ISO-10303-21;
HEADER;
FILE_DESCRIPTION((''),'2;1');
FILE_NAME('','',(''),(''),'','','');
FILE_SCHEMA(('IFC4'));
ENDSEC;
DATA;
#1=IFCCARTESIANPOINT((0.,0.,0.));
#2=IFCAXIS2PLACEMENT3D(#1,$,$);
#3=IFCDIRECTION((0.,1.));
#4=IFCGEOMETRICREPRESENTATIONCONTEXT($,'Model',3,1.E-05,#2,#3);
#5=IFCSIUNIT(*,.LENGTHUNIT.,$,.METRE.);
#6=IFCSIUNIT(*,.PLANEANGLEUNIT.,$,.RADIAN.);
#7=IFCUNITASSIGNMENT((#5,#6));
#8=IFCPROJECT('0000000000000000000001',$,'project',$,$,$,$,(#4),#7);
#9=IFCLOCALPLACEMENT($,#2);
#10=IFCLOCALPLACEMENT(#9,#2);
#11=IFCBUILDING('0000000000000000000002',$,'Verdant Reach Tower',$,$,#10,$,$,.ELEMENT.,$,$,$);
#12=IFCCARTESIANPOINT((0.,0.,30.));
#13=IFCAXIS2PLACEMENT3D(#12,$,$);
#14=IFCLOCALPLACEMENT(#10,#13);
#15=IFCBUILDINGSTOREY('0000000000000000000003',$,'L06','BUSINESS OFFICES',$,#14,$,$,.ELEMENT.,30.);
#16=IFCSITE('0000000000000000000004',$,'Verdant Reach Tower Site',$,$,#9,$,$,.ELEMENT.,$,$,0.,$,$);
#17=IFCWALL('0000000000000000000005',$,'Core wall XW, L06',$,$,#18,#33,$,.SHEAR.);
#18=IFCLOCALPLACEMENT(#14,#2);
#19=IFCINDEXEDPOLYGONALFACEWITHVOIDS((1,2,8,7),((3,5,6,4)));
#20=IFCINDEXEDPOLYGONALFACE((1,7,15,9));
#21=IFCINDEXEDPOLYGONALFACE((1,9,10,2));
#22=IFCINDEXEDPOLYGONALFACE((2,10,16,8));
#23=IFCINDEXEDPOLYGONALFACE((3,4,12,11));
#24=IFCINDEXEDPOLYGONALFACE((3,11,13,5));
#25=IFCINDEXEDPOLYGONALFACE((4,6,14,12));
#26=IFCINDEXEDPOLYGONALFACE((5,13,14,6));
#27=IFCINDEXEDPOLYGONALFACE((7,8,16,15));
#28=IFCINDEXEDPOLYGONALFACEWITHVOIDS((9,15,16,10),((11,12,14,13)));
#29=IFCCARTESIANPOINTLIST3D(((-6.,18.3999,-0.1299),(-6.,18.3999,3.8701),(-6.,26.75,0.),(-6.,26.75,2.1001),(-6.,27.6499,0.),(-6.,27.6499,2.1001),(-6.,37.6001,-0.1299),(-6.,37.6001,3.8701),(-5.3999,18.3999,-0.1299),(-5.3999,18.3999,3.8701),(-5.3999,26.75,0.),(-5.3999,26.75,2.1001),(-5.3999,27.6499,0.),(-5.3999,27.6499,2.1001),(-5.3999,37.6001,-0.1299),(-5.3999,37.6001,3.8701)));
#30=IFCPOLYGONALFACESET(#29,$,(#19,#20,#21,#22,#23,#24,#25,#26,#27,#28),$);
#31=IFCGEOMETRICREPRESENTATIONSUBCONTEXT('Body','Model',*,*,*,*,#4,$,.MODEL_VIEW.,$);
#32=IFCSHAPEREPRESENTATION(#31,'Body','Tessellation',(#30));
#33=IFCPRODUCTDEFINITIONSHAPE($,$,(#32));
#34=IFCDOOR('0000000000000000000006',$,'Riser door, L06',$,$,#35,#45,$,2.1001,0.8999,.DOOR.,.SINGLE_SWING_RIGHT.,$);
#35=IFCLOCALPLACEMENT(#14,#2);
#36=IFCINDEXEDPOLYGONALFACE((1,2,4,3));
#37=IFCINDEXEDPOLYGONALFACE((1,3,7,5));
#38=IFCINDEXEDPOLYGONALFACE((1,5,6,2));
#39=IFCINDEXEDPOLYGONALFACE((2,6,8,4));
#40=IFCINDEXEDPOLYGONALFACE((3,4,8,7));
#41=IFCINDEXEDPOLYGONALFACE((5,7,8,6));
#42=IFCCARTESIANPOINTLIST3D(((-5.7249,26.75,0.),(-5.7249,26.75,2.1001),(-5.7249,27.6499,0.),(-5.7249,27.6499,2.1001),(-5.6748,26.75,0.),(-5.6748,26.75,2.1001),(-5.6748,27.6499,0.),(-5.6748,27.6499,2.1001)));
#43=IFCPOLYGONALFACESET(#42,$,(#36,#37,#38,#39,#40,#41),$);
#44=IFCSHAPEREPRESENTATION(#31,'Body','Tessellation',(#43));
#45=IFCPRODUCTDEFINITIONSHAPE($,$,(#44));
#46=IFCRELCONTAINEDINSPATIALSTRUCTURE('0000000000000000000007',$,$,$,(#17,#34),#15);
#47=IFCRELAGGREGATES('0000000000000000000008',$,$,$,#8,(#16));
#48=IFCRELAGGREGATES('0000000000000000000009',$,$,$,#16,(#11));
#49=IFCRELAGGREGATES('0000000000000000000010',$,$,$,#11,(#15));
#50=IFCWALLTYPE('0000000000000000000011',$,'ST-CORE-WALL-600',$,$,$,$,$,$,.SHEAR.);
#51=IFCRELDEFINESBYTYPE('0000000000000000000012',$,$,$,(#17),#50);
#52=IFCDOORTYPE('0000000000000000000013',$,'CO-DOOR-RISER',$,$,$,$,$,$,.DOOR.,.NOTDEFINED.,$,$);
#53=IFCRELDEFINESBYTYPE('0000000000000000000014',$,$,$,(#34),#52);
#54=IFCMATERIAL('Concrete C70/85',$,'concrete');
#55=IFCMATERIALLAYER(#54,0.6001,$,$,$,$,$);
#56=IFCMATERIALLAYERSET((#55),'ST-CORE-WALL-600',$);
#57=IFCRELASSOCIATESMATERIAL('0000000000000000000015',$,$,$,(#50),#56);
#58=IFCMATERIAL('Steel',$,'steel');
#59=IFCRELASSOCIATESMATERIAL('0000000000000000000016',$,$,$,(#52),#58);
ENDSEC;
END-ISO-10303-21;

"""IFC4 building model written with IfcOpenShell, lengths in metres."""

from ifc_helpers import new_model, si_unit, direction, frame, frame_2d, origin, place, context, subcontext, project, spatial, rectangle, extrude, material, layer, layer_set, type_object, element, fill, save


model = new_model("IFC4")

# Units and contexts
model_context = context("Model", 3, precision=1e-05, world=origin(), true_north=direction((0.0, 1.0)))
body_context = subcontext(model_context, "Body", "Model", "MODEL_VIEW")
ifc_project = project(units=[si_unit("LENGTHUNIT", "METRE"), si_unit("PLANEANGLEUNIT", "RADIAN")], contexts=[model_context])

# Site, building, storey
site_placement = place(None, origin())
site = spatial("IfcSite", under=ifc_project, at=site_placement, Name="Verdant Reach Tower Site", CompositionType="ELEMENT", RefElevation=0.0)
building_placement = place(site_placement, origin())
building = spatial("IfcBuilding", under=site, at=building_placement, Name="Verdant Reach Tower", CompositionType="ELEMENT")
storey_placement = place(building_placement, frame((0.0, 0.0, 30.0)))
storey = spatial("IfcBuildingStorey", under=building, at=storey_placement, Name="L06", Description="BUSINESS OFFICES", CompositionType="ELEMENT", Elevation=30.0)

# Shared definitions
ifc_material_1 = material(Name="Concrete C70/85", Category="concrete")
ifc_material_2 = material(Name="Steel", Category="steel")

# Wall, opening, door
ifc_layer_1 = layer(ifc_material_1, 0.6001)
ifc_layer_set_1 = layer_set([ifc_layer_1], Name="ST-CORE-WALL-600")
wall_type_1 = type_object("IfcWallType", Name="ST-CORE-WALL-600", PredefinedType="SHEAR", material=ifc_layer_set_1)
wall_1_placement = place(storey_placement, frame((-5.7, 18.3999, -0.1299), z_axis=(0.0, 0.0, 1.0), x_axis=(0.0, 1.0, 0.0)))
wall_1 = element("IfcWall", 1, at=wall_1_placement, inside=storey, type_object=wall_type_1, Name="Core wall XW, L06", PredefinedType="SHEAR", context=body_context, shape_type="SweptSolid", body=[
    extrude(rectangle(XDim=19.2002, YDim=0.6001, at=frame_2d((9.6001, 0.0))), origin(), (0.0, 0.0, 1.0), 4.0),
])
opening_1_placement = place(wall_1_placement, frame((8.3501, 0.0, 0.1299)))
opening_1 = element("IfcOpeningElement", 2, at=opening_1_placement, cuts=wall_1, PredefinedType="OPENING", context=body_context, shape_type="SweptSolid", body=[
    extrude(rectangle(XDim=0.8999, YDim=2.1001, at=frame_2d((0.45, 1.05))), frame((0.0, 0.3101, 0.0), z_axis=(0.0, -1.0, 0.0), x_axis=(1.0, 0.0, 0.0)), (0.0, 0.0, 1.0), 0.6201),
])
door_type_1 = type_object("IfcDoorType", Name="CO-DOOR-RISER", OperationType="NOTDEFINED", PredefinedType="DOOR", material=ifc_material_2)
door_1_placement = place(opening_1_placement, origin())
door_1 = element("IfcDoor", 3, at=door_1_placement, inside=storey, type_object=door_type_1, Name="Riser door, L06", OperationType="SINGLE_SWING_RIGHT", OverallHeight=2.1001, OverallWidth=0.8999, PredefinedType="DOOR", context=body_context, shape_type="SweptSolid", body=[
    extrude(rectangle(XDim=0.8999, YDim=2.1001, at=frame_2d((0.45, 1.05))), frame((0.0, 0.0249, 0.0), z_axis=(0.0, -1.0, 0.0), x_axis=(1.0, 0.0, 0.0)), (0.0, 0.0, 1.0), 0.05),
])
fill(opening_1, door_1)

save(model, "model.ifc")
